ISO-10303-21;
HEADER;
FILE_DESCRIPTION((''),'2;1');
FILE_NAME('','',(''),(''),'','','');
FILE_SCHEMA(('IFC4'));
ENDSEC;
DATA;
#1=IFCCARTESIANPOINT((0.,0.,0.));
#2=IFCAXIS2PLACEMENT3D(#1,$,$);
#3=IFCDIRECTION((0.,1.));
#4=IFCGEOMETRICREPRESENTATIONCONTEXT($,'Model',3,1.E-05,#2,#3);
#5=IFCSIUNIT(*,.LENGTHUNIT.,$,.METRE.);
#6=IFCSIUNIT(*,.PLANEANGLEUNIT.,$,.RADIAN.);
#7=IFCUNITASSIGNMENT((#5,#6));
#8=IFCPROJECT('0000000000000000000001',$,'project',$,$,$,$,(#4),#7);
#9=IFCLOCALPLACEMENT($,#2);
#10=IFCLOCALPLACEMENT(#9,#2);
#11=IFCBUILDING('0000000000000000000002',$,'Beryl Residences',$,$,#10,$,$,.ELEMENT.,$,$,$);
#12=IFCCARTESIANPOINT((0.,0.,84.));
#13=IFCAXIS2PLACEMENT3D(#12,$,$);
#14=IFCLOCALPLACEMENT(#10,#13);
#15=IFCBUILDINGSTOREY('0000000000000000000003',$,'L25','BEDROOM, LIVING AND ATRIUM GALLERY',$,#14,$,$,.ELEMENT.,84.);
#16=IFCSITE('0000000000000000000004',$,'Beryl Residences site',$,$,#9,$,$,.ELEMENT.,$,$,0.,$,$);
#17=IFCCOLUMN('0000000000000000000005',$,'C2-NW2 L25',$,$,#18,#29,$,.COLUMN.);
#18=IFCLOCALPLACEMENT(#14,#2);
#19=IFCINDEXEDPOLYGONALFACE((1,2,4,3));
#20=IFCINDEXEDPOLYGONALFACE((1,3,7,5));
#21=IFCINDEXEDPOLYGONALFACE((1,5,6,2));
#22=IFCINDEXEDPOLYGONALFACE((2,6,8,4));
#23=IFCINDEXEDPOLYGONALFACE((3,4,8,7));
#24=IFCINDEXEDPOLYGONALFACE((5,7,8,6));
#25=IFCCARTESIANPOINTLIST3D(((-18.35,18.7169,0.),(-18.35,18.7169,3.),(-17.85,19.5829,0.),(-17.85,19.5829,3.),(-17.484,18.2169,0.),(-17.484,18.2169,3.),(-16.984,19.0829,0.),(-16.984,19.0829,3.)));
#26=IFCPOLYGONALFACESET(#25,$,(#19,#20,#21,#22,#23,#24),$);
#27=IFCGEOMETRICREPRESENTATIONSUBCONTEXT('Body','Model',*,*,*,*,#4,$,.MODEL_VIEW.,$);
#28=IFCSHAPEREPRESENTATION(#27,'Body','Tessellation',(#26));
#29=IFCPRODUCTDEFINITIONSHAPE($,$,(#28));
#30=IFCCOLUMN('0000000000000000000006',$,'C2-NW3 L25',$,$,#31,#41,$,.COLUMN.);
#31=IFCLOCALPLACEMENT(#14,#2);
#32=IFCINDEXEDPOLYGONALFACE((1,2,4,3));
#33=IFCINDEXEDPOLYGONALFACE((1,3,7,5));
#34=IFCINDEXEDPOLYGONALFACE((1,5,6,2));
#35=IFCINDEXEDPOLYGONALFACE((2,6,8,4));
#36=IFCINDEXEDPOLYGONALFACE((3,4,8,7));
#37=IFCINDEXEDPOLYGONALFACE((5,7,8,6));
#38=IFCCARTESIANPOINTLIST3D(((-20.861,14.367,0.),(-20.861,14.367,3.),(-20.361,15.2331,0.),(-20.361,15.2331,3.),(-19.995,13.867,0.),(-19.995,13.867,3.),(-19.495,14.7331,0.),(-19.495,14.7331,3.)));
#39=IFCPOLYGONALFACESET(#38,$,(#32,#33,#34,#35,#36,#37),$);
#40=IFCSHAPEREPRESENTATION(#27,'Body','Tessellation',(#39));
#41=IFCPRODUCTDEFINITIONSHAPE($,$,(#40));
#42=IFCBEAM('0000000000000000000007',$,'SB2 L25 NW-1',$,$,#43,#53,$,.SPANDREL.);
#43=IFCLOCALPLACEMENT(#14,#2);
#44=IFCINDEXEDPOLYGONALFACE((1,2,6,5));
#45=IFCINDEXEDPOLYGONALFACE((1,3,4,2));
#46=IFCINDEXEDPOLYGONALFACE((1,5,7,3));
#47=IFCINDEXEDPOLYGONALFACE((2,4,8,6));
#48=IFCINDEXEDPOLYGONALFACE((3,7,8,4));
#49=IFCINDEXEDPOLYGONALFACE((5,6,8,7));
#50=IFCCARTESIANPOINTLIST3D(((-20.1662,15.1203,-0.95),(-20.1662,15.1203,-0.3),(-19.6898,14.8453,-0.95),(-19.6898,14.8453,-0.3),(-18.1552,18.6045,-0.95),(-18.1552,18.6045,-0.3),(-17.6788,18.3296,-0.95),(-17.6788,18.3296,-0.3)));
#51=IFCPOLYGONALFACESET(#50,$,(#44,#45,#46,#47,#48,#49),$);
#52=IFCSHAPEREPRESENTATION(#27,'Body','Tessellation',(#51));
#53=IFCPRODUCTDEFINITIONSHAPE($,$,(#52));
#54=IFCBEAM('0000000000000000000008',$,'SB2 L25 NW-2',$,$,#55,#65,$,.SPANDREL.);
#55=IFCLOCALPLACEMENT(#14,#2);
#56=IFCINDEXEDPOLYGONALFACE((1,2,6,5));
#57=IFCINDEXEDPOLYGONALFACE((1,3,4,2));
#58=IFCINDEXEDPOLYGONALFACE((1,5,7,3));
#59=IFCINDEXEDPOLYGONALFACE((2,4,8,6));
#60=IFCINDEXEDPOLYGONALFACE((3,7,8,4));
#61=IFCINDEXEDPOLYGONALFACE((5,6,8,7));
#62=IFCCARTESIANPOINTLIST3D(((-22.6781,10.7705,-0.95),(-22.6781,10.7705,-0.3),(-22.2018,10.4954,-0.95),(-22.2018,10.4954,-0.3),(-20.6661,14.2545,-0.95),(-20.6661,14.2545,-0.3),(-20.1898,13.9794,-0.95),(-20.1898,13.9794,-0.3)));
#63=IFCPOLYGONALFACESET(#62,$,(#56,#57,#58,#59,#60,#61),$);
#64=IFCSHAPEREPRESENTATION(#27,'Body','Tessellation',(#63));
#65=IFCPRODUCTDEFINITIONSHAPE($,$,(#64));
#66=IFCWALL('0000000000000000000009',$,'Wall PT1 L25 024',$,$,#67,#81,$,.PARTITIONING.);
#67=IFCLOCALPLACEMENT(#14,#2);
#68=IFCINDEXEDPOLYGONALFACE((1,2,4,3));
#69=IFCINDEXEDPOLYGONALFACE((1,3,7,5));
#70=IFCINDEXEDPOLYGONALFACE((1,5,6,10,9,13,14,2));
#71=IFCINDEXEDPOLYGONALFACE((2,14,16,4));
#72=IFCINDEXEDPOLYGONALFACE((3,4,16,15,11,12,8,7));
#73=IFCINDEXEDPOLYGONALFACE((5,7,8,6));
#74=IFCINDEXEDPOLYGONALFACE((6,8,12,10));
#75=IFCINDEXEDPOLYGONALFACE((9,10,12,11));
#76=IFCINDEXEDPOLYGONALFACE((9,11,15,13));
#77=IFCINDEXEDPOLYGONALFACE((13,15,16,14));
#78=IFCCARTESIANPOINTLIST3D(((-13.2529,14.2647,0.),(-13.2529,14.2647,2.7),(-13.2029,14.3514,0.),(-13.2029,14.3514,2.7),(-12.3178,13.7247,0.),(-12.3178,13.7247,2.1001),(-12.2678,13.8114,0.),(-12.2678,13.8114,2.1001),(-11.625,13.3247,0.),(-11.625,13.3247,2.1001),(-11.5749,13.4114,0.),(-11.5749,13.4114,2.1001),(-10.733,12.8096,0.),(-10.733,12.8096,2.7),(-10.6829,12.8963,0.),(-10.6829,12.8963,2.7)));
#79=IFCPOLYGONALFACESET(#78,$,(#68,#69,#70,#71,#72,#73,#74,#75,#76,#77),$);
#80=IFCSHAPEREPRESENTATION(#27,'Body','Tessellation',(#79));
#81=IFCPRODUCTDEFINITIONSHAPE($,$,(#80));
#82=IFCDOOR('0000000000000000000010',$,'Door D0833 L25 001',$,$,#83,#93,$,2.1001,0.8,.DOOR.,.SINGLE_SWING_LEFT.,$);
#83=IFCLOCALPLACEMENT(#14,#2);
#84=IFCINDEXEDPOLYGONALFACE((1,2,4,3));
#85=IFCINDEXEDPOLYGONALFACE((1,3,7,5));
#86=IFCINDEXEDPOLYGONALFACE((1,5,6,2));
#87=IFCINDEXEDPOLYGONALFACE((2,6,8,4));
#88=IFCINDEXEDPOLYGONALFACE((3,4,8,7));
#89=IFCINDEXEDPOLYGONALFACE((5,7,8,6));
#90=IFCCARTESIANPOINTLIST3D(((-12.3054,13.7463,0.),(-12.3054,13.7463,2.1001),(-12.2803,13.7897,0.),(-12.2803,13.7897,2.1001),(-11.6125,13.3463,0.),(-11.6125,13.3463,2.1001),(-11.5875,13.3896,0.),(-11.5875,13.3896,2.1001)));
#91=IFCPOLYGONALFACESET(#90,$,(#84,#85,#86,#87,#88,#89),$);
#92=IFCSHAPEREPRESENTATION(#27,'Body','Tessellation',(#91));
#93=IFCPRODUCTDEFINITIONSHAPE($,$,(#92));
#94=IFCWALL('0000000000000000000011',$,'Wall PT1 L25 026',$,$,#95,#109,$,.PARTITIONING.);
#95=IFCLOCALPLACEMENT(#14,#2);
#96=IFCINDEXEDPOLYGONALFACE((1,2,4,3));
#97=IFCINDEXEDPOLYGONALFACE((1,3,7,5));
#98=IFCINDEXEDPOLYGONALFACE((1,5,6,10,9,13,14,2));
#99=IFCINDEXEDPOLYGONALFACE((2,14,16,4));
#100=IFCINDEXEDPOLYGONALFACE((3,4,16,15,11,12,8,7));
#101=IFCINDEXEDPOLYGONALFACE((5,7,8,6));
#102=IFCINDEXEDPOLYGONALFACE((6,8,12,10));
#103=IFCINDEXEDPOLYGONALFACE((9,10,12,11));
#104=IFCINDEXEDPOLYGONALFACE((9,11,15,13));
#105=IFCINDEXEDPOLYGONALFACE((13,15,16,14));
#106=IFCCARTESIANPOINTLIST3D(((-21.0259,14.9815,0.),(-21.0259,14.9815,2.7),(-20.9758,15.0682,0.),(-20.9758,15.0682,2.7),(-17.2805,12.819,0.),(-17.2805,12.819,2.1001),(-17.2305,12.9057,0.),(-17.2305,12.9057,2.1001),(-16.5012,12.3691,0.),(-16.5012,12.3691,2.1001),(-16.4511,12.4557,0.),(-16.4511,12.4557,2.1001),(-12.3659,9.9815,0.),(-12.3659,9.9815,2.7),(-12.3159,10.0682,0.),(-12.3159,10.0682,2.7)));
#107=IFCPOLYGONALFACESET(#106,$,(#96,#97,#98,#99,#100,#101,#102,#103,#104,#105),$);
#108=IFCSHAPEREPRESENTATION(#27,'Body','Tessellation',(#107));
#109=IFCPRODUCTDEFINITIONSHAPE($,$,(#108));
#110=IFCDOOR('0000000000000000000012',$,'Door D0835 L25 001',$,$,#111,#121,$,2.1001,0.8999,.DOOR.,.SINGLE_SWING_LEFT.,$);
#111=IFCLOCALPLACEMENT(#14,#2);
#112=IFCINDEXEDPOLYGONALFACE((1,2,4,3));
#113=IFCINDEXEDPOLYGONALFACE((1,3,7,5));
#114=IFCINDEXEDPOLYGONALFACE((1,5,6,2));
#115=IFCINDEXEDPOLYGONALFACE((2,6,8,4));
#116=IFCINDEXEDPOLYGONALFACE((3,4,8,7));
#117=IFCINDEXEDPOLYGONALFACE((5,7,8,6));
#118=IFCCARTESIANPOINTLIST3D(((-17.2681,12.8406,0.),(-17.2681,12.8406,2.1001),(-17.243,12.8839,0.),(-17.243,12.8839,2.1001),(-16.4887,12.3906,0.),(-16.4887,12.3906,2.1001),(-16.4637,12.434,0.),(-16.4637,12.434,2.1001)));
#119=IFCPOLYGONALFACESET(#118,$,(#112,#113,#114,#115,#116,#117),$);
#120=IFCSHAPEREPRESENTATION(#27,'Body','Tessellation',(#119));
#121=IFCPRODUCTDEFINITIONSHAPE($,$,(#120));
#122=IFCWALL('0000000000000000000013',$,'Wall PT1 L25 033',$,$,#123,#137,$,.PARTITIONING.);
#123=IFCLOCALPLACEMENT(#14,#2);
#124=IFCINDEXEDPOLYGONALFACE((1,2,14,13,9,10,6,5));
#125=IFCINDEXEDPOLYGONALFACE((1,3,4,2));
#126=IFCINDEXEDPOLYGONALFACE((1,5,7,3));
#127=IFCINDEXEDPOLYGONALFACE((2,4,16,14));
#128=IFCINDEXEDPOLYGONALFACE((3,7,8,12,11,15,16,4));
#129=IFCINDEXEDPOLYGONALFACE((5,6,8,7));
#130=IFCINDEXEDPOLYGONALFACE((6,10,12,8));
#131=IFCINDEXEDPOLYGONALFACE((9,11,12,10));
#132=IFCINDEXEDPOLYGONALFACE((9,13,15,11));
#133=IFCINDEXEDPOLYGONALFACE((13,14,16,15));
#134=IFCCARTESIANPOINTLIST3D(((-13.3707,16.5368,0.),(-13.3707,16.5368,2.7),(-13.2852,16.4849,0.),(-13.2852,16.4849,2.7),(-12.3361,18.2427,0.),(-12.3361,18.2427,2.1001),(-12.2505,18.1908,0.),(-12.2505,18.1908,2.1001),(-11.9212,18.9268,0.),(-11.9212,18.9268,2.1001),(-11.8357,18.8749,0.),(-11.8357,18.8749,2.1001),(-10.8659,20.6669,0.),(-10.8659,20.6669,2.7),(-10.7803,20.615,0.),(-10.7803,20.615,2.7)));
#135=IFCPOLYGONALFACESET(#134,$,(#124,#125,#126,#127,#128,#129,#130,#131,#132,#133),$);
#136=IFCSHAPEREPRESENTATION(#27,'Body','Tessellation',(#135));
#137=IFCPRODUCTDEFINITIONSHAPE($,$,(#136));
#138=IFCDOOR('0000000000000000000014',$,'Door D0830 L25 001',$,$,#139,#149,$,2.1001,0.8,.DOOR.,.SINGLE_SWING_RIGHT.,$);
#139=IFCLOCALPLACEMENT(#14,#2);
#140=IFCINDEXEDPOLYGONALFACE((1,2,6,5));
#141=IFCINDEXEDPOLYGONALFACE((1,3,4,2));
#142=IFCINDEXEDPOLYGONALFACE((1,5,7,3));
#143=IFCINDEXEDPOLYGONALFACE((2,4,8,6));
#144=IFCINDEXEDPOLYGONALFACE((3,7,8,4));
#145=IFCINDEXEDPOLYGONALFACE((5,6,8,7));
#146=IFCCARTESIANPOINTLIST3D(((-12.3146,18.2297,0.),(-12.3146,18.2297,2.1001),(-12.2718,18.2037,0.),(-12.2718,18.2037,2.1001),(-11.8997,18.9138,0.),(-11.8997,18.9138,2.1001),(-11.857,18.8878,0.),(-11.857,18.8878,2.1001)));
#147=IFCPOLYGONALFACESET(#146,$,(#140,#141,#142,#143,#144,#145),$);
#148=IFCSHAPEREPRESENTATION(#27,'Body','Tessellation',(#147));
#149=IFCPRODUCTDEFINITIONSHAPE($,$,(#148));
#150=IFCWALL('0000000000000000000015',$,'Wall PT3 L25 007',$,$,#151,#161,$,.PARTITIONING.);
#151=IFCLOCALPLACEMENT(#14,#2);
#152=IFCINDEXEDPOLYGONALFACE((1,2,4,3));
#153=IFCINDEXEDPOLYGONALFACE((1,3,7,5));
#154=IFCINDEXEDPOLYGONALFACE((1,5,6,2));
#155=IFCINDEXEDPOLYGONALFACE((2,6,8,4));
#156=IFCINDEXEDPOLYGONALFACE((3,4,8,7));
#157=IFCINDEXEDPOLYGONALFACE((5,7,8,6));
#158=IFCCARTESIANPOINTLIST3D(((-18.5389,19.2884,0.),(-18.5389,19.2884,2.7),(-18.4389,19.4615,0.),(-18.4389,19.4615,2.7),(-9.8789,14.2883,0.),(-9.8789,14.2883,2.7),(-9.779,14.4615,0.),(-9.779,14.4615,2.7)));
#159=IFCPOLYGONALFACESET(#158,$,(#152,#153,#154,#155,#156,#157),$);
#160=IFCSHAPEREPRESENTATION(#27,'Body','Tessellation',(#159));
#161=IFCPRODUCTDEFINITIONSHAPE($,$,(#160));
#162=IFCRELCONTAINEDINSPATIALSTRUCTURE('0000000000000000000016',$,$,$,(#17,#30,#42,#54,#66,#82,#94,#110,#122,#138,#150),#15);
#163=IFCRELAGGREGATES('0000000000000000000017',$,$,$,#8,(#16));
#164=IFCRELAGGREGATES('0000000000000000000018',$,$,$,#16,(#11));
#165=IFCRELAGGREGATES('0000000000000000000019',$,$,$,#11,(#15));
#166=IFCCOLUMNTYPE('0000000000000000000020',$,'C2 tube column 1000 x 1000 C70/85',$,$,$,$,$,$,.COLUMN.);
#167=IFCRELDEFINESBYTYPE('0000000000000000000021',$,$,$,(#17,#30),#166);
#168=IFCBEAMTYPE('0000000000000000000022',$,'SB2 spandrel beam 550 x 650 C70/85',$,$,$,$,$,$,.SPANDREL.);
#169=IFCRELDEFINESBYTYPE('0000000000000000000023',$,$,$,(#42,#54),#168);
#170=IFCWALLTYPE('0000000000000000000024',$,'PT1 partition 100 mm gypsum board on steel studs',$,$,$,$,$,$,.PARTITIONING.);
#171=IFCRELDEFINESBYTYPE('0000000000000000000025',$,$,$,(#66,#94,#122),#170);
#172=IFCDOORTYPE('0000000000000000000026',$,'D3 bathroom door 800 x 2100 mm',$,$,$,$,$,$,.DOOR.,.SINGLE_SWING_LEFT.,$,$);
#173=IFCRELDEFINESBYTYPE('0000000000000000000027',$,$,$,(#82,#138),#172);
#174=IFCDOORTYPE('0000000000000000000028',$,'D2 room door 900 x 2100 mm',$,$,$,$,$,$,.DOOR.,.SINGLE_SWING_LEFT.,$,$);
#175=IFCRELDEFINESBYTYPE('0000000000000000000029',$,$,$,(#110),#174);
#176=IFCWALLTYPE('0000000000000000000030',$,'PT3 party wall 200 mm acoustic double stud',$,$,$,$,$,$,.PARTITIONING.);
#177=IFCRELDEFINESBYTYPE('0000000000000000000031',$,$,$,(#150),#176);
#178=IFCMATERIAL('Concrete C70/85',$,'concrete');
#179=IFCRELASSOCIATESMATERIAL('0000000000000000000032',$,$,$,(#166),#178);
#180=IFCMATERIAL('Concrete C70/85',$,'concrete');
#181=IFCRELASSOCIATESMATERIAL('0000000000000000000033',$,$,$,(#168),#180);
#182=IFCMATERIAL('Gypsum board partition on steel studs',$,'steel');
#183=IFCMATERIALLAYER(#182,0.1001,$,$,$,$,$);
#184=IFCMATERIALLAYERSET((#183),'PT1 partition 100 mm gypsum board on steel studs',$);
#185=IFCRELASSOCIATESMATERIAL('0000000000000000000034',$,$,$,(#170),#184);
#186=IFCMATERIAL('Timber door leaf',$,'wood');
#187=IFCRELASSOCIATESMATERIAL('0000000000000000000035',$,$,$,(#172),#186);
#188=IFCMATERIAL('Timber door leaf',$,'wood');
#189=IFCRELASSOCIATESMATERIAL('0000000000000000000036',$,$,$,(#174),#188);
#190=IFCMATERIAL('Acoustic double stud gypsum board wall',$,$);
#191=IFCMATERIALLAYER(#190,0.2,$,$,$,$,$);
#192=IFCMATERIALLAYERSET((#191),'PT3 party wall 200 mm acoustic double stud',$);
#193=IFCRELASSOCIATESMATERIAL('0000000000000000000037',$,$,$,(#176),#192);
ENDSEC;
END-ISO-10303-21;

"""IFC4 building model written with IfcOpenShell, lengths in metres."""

from ifc_helpers import new_model, si_unit, direction, frame, frame_2d, origin, origin_2d, place, context, subcontext, project, spatial, rectangle, extrude, material, layer, layer_set, material_profile, profile_set, type_object, element, fill, save


model = new_model("IFC4")

# Units and contexts
model_context = context("Model", 3, precision=1e-05, world=origin(), true_north=direction((0.0, 1.0)))
body_context = subcontext(model_context, "Body", "Model", "MODEL_VIEW")
ifc_project = project(units=[si_unit("LENGTHUNIT", "METRE"), si_unit("PLANEANGLEUNIT", "RADIAN")], contexts=[model_context])

# Site, building, storey
site_placement = place(None, origin())
site = spatial("IfcSite", under=ifc_project, at=site_placement, Name="Beryl Residences site", CompositionType="ELEMENT", RefElevation=0.0)
building_placement = place(site_placement, origin())
building = spatial("IfcBuilding", under=site, at=building_placement, Name="Beryl Residences", CompositionType="ELEMENT")
storey_placement = place(building_placement, frame((0.0, 0.0, 84.0)))
storey = spatial("IfcBuildingStorey", under=building, at=storey_placement, Name="L25", Description="BEDROOM, LIVING AND ATRIUM GALLERY", CompositionType="ELEMENT", Elevation=84.0)

# Columns
ifc_material_1 = material(Name="Concrete C70/85", Category="concrete")
ifc_material_profile_1 = material_profile(ifc_material_1, rectangle(XDim=1.0, YDim=1.0, at=origin_2d()))
ifc_profile_set_1 = profile_set([ifc_material_profile_1], Name="Concrete C70/85")
column_type = type_object("IfcColumnType", Name="C2 tube column 1000 x 1000 C70/85", PredefinedType="COLUMN", material=ifc_profile_set_1)
for number, where, z_axis, x_axis, name in (
    (1, (-17.667, 18.8999, 0.0), (0.0, 0.0, 1.0), (-0.5, -0.866025, 0.0), "C2-NW2 L25"),
    (2, (-20.178, 14.55, 0.0), (0.0, 0.0, 1.0), (-0.5, -0.866025, 0.0), "C2-NW3 L25"),
):
    element("IfcColumn", number, at=place(storey_placement, frame(where, z_axis=z_axis, x_axis=x_axis)), inside=storey, type_object=column_type, Name=name, PredefinedType="COLUMN", context=body_context, shape_type="SweptSolid", body=[
        extrude(rectangle(XDim=1.0, YDim=1.0, at=origin_2d()), origin(), (0.0, 0.0, 1.0), 3.0),
    ])

# Beams
ifc_material_2 = material(Name="Concrete C70/85", Category="concrete")
ifc_material_profile_2 = material_profile(ifc_material_2, rectangle(XDim=0.55, YDim=0.6499, at=origin_2d()))
ifc_profile_set_2 = profile_set([ifc_material_profile_2], Name="Concrete C70/85")
beam_type = type_object("IfcBeamType", Name="SB2 spandrel beam 550 x 650 C70/85", PredefinedType="SPANDREL", material=ifc_profile_set_2)
beam_1_placement = place(storey_placement, frame((-17.917, 18.467, -0.625), z_axis=(-0.499892, -0.866088, 0.0), x_axis=(0.866088, -0.499892, 0.0)))
element("IfcBeam", 3, at=beam_1_placement, inside=storey, type_object=beam_type, Name="SB2 L25 NW-1", PredefinedType="SPANDREL", context=body_context, shape_type="SweptSolid", body=[
    extrude(rectangle(XDim=0.55, YDim=0.6499, at=origin_2d()), origin(), (0.0, 0.0, 1.0), 4.0229),
])
beam_2_placement = place(storey_placement, frame((-20.428, 14.1169, -0.625), z_axis=(-0.500101, -0.865967, 0.0), x_axis=(0.865967, -0.500101, 0.0)))
element("IfcBeam", 4, at=beam_2_placement, inside=storey, type_object=beam_type, Name="SB2 L25 NW-2", PredefinedType="SPANDREL", context=body_context, shape_type="SweptSolid", body=[
    extrude(rectangle(XDim=0.55, YDim=0.6499, at=origin_2d()), origin(), (0.0, 0.0, 1.0), 4.0232),
])

# Walls, openings, doors
ifc_material_3 = material(Name="Gypsum board partition on steel studs", Category="steel")
ifc_layer_1 = layer(ifc_material_3, 0.1001)
ifc_layer_set_1 = layer_set([ifc_layer_1], Name="PT1 partition 100 mm gypsum board on steel studs")
wall_type_1 = type_object("IfcWallType", Name="PT1 partition 100 mm gypsum board on steel studs", PredefinedType="PARTITIONING", material=ifc_layer_set_1)
wall_1_placement = place(storey_placement, frame((-13.228, 14.3081, 0.0), z_axis=(0.0, 0.0, 1.0), x_axis=(0.866004, -0.500037, 0.0)))
wall_1 = element("IfcWall", 5, at=wall_1_placement, inside=storey, type_object=wall_type_1, Name="Wall PT1 L25 024", PredefinedType="PARTITIONING", context=body_context, shape_type="SweptSolid", body=[
    extrude(rectangle(XDim=2.9099, YDim=0.1001, at=frame_2d((1.4551, 0.0))), origin(), (0.0, 0.0, 1.0), 2.7),
])
opening_1_placement = place(wall_1_placement, frame((1.0801, 0.0, 0.0)))
opening_1 = element("IfcOpeningElement", 6, at=opening_1_placement, cuts=wall_1, PredefinedType="OPENING", context=body_context, shape_type="SweptSolid", body=[
    extrude(rectangle(XDim=0.8, YDim=2.1001, at=frame_2d((0.3999, 1.05))), frame((0.0, 0.0601, 0.0), z_axis=(0.0, -1.0, 0.0), x_axis=(1.0, 0.0, 0.0)), (0.0, 0.0, 1.0), 0.1201),
])
ifc_material_4 = material(Name="Timber door leaf", Category="wood")
door_type_1 = type_object("IfcDoorType", Name="D3 bathroom door 800 x 2100 mm", OperationType="SINGLE_SWING_LEFT", PredefinedType="DOOR", material=ifc_material_4)
door_1_placement = place(opening_1_placement, origin())
door_1 = element("IfcDoor", 7, at=door_1_placement, inside=storey, type_object=door_type_1, Name="Door D0833 L25 001", OperationType="SINGLE_SWING_LEFT", OverallHeight=2.1001, OverallWidth=0.8, PredefinedType="DOOR", context=body_context, shape_type="SweptSolid", body=[
    extrude(rectangle(XDim=0.8, YDim=2.1001, at=frame_2d((0.3999, 1.05))), frame((0.0, 0.0249, 0.0), z_axis=(0.0, -1.0, 0.0), x_axis=(1.0, 0.0, 0.0)), (0.0, 0.0, 1.0), 0.05),
])
fill(opening_1, door_1)
wall_2_placement = place(storey_placement, frame((-21.001, 15.0249, 0.0), z_axis=(0.0, 0.0, 1.0), x_axis=(0.866017, -0.500015, 0.0)))
wall_2 = element("IfcWall", 8, at=wall_2_placement, inside=storey, type_object=wall_type_1, Name="Wall PT1 L25 026", PredefinedType="PARTITIONING", context=body_context, shape_type="SweptSolid", body=[
    extrude(rectangle(XDim=9.9998, YDim=0.1001, at=frame_2d((5.0, 0.0))), origin(), (0.0, 0.0, 1.0), 2.7),
])
opening_2_placement = place(wall_2_placement, frame((4.325, 0.0, 0.0)))
opening_2 = element("IfcOpeningElement", 9, at=opening_2_placement, cuts=wall_2, PredefinedType="OPENING", context=body_context, shape_type="SweptSolid", body=[
    extrude(rectangle(XDim=0.8999, YDim=2.1001, at=frame_2d((0.45, 1.05))), frame((0.0, 0.0601, 0.0), z_axis=(0.0, -1.0, 0.0), x_axis=(1.0, 0.0, 0.0)), (0.0, 0.0, 1.0), 0.1201),
])
ifc_material_5 = material(Name="Timber door leaf", Category="wood")
door_type_2 = type_object("IfcDoorType", Name="D2 room door 900 x 2100 mm", OperationType="SINGLE_SWING_LEFT", PredefinedType="DOOR", material=ifc_material_5)
door_2_placement = place(opening_2_placement, origin())
door_2 = element("IfcDoor", 10, at=door_2_placement, inside=storey, type_object=door_type_2, Name="Door D0835 L25 001", OperationType="SINGLE_SWING_LEFT", OverallHeight=2.1001, OverallWidth=0.8999, PredefinedType="DOOR", context=body_context, shape_type="SweptSolid", body=[
    extrude(rectangle(XDim=0.8999, YDim=2.1001, at=frame_2d((0.45, 1.05))), frame((0.0, 0.0249, 0.0), z_axis=(0.0, -1.0, 0.0), x_axis=(1.0, 0.0, 0.0)), (0.0, 0.0, 1.0), 0.05),
])
fill(opening_2, door_2)
wall_3_placement = place(storey_placement, frame((-13.3279, 16.511, 0.0), z_axis=(0.0, 0.0, 1.0), x_axis=(0.518571, 0.855035, 0.0)))
wall_3 = element("IfcWall", 11, at=wall_3_placement, inside=storey, type_object=wall_type_1, Name="Wall PT1 L25 033", PredefinedType="PARTITIONING", context=body_context, shape_type="SweptSolid", body=[
    extrude(rectangle(XDim=4.8303, YDim=0.1001, at=frame_2d((2.415, 0.0))), origin(), (0.0, 0.0, 1.0), 2.7),
])
opening_3_placement = place(wall_3_placement, frame((1.9951, 0.0, 0.0)))
opening_3 = element("IfcOpeningElement", 12, at=opening_3_placement, cuts=wall_3, PredefinedType="OPENING", context=body_context, shape_type="SweptSolid", body=[
    extrude(rectangle(XDim=0.8, YDim=2.1001, at=frame_2d((0.3999, 1.05))), frame((0.0, 0.0601, 0.0), z_axis=(0.0, -1.0, 0.0), x_axis=(1.0, 0.0, 0.0)), (0.0, 0.0, 1.0), 0.1201),
])
door_3_placement = place(opening_3_placement, origin())
door_3 = element("IfcDoor", 13, at=door_3_placement, inside=storey, type_object=door_type_1, Name="Door D0830 L25 001", OperationType="SINGLE_SWING_RIGHT", OverallHeight=2.1001, OverallWidth=0.8, PredefinedType="DOOR", context=body_context, shape_type="SweptSolid", body=[
    extrude(rectangle(XDim=0.8, YDim=2.1001, at=frame_2d((0.3999, 1.05))), frame((0.0, 0.0249, 0.0), z_axis=(0.0, -1.0, 0.0), x_axis=(1.0, 0.0, 0.0)), (0.0, 0.0, 1.0), 0.05),
])
fill(opening_3, door_3)

# Wall
ifc_material_6 = material(Name="Acoustic double stud gypsum board wall")
ifc_layer_2 = layer(ifc_material_6, 0.2)
ifc_layer_set_2 = layer_set([ifc_layer_2], Name="PT3 party wall 200 mm acoustic double stud")
wall_type_2 = type_object("IfcWallType", Name="PT3 party wall 200 mm acoustic double stud", PredefinedType="PARTITIONING", material=ifc_layer_set_2)
wall_4_placement = place(storey_placement, frame((-18.489, 19.375, 0.0), z_axis=(0.0, 0.0, 1.0), x_axis=(0.866017, -0.500015, 0.0)))
element("IfcWall", 14, at=wall_4_placement, inside=storey, type_object=wall_type_2, Name="Wall PT3 L25 007", PredefinedType="PARTITIONING", context=body_context, shape_type="SweptSolid", body=[
    extrude(rectangle(XDim=9.9998, YDim=0.2, at=frame_2d((5.0, 0.0))), origin(), (0.0, 0.0, 1.0), 2.7),
])

save(model, "model.ifc")
